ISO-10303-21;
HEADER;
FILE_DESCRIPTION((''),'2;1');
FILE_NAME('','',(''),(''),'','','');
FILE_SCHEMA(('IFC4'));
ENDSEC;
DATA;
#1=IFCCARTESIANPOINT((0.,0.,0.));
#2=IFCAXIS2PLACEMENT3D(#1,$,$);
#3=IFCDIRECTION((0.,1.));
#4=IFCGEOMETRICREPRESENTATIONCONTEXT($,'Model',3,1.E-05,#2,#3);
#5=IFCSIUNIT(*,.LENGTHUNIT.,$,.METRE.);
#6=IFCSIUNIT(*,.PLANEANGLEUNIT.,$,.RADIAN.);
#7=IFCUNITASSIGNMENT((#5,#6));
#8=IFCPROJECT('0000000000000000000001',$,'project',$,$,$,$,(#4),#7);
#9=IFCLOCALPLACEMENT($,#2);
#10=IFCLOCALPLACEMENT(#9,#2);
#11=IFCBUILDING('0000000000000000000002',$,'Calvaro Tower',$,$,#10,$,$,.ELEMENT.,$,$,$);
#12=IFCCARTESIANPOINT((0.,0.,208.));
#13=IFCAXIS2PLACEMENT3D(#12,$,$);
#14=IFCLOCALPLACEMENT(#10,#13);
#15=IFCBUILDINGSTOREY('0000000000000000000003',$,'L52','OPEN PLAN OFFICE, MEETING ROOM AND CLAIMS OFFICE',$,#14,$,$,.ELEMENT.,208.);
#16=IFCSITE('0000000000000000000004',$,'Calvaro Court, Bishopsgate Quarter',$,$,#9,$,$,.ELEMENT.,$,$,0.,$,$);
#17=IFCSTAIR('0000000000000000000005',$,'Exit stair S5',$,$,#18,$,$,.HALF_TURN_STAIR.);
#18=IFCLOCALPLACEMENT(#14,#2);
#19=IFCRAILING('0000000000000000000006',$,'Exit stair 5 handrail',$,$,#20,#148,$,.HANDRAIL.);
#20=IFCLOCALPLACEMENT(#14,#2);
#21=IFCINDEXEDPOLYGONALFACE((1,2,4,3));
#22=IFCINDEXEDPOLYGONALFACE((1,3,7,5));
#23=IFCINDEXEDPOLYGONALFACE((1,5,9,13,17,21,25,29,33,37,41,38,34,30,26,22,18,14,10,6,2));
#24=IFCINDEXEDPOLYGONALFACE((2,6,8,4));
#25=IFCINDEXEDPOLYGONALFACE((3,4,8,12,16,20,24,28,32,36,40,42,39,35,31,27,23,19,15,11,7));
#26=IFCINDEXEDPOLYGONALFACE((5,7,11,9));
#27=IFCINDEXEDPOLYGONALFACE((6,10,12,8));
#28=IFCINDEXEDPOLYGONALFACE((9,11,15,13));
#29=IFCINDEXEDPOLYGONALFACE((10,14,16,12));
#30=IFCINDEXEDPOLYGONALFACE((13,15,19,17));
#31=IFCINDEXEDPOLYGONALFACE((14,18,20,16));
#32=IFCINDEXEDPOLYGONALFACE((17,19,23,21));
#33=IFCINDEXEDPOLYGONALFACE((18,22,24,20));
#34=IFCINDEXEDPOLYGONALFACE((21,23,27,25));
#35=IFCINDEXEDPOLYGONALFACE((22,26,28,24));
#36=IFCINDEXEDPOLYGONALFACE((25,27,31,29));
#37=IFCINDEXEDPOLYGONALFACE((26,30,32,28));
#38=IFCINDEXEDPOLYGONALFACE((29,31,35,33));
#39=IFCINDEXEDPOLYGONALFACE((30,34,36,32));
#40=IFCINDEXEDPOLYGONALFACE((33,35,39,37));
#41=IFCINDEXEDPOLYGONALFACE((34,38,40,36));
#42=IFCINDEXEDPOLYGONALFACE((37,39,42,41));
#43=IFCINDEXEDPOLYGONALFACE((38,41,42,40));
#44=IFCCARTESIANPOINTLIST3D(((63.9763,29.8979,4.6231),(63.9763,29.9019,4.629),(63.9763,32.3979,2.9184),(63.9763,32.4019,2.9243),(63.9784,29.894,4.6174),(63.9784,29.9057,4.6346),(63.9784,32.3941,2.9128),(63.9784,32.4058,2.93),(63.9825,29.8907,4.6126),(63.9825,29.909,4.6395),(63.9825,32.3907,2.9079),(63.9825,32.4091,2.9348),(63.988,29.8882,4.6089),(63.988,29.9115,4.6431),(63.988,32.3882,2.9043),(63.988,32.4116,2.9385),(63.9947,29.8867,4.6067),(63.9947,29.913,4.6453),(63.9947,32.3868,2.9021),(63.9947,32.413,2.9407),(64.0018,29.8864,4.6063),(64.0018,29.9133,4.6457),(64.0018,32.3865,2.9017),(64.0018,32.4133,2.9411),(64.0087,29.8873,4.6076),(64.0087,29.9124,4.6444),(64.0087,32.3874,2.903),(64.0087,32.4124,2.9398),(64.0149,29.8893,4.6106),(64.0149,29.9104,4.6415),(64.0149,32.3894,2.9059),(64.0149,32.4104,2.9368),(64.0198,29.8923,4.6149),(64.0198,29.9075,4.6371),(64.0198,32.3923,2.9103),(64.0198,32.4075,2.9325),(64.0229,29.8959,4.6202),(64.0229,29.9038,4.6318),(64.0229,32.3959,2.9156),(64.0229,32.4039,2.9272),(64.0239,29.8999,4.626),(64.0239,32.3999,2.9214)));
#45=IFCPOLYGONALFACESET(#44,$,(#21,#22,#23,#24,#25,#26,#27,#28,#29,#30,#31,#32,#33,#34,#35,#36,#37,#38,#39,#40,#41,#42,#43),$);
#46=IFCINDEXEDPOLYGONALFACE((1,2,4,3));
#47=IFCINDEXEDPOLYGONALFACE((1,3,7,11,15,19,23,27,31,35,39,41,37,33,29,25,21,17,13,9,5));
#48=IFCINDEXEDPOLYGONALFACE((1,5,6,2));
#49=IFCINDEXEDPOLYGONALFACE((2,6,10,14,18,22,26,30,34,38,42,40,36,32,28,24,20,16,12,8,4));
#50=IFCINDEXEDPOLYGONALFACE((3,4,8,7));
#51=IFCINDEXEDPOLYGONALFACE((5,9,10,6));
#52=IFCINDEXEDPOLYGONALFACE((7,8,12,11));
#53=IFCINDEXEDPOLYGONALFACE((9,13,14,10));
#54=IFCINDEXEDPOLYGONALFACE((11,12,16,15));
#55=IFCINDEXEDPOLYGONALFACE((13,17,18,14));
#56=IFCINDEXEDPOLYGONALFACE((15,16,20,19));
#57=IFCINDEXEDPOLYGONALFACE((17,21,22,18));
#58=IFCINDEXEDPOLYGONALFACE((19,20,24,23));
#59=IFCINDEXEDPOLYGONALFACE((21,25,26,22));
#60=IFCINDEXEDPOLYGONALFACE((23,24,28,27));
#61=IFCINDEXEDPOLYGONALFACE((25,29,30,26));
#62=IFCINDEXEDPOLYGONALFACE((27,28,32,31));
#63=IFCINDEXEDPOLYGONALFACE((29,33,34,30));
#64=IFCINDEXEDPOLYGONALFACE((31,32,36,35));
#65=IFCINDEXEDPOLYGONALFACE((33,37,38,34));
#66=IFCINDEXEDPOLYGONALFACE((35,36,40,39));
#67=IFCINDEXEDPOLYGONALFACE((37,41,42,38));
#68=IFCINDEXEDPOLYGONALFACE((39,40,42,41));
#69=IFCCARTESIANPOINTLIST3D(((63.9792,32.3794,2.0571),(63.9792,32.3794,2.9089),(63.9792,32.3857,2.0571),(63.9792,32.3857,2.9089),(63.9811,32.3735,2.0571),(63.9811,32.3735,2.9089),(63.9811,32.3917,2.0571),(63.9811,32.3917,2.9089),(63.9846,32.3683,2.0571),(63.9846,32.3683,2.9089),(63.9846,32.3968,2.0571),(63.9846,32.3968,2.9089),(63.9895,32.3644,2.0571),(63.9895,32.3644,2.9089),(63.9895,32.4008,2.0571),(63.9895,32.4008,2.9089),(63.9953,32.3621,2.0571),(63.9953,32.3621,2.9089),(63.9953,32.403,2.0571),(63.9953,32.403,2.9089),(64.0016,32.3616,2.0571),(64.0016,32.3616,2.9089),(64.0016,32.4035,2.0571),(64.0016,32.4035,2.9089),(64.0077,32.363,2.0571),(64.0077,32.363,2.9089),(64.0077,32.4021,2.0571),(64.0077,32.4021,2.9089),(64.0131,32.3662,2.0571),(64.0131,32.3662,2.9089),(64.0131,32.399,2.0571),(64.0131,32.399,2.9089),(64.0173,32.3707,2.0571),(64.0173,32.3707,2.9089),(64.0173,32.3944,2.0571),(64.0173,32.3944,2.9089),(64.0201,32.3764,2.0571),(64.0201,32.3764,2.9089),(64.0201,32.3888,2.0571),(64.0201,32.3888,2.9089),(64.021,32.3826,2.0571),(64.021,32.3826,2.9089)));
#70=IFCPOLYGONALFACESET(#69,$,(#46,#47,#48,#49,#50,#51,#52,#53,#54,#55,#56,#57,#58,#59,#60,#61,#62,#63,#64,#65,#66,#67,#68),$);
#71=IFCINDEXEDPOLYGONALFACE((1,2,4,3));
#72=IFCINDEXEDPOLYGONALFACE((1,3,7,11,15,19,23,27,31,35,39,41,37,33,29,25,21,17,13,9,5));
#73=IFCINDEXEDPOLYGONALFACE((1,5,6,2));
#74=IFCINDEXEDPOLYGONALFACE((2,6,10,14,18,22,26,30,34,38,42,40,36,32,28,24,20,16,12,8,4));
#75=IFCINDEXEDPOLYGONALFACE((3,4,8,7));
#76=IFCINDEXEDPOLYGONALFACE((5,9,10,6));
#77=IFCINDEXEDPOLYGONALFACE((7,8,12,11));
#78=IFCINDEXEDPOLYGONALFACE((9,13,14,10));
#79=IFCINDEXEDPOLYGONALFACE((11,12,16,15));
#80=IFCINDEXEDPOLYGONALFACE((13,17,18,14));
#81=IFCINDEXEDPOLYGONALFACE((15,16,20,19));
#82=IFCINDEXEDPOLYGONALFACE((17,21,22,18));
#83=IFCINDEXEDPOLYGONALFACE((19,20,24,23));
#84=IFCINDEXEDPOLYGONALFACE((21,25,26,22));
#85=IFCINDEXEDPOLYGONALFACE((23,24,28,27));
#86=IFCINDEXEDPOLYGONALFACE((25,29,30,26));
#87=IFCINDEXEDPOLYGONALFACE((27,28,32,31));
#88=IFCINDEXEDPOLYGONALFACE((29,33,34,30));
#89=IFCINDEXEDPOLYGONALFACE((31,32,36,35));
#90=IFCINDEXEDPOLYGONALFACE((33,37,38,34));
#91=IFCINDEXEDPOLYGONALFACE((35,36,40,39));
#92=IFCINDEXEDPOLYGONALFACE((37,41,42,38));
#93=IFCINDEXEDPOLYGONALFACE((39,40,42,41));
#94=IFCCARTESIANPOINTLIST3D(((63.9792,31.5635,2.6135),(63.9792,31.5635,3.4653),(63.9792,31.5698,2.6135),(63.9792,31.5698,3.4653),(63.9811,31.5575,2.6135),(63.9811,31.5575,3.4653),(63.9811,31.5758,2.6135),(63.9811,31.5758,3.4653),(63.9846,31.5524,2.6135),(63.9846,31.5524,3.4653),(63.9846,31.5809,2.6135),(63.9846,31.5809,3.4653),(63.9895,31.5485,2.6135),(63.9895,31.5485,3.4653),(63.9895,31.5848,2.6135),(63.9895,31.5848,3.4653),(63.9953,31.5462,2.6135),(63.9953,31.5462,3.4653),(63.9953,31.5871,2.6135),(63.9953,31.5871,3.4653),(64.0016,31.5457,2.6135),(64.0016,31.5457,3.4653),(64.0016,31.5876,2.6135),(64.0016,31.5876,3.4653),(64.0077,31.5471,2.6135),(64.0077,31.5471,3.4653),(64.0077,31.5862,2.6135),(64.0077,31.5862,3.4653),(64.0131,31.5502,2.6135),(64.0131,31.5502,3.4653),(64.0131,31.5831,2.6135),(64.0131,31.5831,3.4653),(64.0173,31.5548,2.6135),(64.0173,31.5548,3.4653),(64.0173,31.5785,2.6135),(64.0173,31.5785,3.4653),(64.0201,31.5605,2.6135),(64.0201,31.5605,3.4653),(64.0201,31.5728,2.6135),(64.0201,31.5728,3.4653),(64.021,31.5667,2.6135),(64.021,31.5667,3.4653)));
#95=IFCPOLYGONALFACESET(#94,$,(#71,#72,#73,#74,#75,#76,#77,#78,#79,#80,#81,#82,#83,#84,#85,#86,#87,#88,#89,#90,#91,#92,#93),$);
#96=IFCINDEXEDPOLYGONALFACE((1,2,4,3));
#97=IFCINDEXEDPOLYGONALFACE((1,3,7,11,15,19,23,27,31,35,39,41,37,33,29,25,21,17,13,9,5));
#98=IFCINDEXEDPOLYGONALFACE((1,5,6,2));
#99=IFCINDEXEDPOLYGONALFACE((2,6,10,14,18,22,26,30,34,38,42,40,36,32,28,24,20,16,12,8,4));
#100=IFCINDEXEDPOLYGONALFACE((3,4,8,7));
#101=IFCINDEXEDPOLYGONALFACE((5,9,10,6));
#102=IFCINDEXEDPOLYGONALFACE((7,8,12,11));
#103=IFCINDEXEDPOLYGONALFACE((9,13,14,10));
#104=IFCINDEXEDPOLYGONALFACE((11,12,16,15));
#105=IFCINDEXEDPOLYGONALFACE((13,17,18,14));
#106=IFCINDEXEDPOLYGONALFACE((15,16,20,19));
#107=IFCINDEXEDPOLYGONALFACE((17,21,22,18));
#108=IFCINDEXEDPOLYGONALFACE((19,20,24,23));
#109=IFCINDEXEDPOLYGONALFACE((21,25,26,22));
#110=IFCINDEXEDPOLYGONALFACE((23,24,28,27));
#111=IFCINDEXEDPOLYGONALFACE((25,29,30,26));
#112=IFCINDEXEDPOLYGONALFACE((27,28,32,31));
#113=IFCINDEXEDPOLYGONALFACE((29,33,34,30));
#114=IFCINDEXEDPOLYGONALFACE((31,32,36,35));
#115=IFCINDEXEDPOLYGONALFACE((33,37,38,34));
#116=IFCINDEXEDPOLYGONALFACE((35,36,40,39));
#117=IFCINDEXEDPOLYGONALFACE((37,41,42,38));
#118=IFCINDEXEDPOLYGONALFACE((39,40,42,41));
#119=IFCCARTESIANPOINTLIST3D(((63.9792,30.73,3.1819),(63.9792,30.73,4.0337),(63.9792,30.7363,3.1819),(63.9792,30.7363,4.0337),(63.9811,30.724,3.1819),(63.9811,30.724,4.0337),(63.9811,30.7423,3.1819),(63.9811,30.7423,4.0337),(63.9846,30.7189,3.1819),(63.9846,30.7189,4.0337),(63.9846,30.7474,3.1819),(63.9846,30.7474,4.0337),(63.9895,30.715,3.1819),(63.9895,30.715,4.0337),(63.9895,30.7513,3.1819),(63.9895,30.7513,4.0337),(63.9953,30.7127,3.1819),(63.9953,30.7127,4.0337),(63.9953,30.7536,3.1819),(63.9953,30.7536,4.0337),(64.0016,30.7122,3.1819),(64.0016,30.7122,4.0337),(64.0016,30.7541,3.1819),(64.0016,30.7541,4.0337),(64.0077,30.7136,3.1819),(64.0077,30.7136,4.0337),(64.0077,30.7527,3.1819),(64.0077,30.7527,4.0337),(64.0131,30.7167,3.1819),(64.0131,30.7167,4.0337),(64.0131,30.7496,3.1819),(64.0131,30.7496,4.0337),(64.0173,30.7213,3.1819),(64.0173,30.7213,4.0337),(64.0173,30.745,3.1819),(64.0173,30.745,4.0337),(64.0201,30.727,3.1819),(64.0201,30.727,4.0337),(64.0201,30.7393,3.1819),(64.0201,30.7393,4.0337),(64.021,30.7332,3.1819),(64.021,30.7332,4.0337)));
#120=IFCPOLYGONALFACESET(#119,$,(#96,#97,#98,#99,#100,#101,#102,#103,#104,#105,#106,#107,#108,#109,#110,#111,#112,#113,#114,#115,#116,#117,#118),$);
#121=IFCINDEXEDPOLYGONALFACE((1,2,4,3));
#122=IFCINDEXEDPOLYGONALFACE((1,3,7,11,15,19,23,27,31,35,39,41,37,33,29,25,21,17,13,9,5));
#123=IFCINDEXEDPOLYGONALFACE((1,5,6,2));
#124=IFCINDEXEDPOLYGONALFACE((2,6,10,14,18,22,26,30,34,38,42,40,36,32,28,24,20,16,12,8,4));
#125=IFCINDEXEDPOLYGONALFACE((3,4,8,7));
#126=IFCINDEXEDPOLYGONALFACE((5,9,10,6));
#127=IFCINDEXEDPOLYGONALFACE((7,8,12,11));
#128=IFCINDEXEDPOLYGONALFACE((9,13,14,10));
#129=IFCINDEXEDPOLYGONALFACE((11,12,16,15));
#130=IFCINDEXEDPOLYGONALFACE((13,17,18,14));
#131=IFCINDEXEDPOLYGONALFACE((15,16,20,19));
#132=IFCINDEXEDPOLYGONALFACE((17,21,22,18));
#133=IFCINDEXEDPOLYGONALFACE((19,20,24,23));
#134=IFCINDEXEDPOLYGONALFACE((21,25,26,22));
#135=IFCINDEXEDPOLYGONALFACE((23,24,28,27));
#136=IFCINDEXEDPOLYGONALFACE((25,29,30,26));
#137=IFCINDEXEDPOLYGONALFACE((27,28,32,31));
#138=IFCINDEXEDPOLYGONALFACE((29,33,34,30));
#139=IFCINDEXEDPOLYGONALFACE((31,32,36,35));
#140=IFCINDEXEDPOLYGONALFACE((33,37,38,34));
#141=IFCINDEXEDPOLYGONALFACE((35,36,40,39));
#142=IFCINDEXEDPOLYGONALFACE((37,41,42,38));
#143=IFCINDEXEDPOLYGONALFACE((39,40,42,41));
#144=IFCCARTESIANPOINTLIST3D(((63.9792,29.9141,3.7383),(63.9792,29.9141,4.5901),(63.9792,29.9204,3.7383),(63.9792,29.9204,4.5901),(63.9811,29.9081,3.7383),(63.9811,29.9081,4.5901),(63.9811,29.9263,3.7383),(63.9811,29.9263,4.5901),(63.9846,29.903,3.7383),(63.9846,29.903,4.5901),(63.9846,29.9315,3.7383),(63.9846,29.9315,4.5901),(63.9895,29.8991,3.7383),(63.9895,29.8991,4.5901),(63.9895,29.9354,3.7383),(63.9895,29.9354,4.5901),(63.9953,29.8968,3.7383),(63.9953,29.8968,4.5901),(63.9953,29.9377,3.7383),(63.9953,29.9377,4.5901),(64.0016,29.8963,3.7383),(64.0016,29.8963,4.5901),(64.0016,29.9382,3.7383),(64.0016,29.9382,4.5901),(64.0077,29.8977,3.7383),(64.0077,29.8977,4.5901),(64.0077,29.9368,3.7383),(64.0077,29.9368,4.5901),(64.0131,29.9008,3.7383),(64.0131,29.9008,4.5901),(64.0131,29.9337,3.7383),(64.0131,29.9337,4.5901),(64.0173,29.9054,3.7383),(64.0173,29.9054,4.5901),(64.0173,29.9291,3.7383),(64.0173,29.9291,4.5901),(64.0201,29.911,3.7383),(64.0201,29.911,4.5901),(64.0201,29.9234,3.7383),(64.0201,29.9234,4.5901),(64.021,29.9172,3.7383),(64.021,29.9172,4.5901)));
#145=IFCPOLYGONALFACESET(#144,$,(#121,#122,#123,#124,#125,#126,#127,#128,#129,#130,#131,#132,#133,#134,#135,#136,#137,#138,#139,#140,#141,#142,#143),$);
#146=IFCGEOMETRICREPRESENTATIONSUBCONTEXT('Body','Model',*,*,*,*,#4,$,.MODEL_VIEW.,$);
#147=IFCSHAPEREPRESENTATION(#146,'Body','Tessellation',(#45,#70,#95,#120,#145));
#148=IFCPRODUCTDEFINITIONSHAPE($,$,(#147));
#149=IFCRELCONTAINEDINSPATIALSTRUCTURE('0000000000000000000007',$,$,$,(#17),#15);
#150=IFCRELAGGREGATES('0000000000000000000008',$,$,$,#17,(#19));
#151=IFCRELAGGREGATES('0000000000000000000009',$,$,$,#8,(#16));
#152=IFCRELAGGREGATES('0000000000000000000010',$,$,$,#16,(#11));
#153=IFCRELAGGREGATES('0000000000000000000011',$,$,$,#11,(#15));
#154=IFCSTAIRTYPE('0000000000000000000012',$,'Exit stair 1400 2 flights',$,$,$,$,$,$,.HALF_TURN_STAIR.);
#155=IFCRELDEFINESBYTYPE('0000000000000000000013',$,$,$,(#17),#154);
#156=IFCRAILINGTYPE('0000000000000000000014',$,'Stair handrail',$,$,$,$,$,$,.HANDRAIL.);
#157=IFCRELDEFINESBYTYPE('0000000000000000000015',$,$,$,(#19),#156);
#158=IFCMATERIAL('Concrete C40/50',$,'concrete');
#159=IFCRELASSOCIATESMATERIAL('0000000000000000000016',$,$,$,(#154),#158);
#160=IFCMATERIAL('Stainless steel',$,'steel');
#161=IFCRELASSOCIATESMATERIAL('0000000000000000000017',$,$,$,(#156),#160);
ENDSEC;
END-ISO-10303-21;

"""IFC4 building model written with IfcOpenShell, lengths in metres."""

from ifc_helpers import new_model, si_unit, direction, frame, origin, origin_2d, place, context, subcontext, project, spatial, circle, extrude, material, type_object, element, aggregate, save


model = new_model("IFC4")

# Units and contexts
model_context = context("Model", 3, precision=1e-05, world=origin(), true_north=direction((0.0, 1.0)))
body_context = subcontext(model_context, "Body", "Model", "MODEL_VIEW")
ifc_project = project(units=[si_unit("LENGTHUNIT", "METRE"), si_unit("PLANEANGLEUNIT", "RADIAN")], contexts=[model_context])

# Site, building, storey
site_placement = place(None, origin())
site = spatial("IfcSite", under=ifc_project, at=site_placement, Name="Calvaro Court, Bishopsgate Quarter", CompositionType="ELEMENT", RefElevation=0.0)
building_placement = place(site_placement, origin())
building = spatial("IfcBuilding", under=site, at=building_placement, Name="Calvaro Tower", CompositionType="ELEMENT")
storey_placement = place(building_placement, frame((0.0, 0.0, 208.0)))
storey = spatial("IfcBuildingStorey", under=building, at=storey_placement, Name="L52", Description="OPEN PLAN OFFICE, MEETING ROOM AND CLAIMS OFFICE", CompositionType="ELEMENT", Elevation=208.0)

# Stair, railing
ifc_material_1 = material(Name="Concrete C40/50", Category="concrete")
stair_type = type_object("IfcStairType", Name="Exit stair 1400 2 flights", PredefinedType="HALF_TURN_STAIR", material=ifc_material_1)
stair_placement = place(storey_placement, origin())
stair = element("IfcStair", 1, at=stair_placement, inside=storey, type_object=stair_type, Name="Exit stair S5", PredefinedType="HALF_TURN_STAIR")
ifc_material_2 = material(Name="Stainless steel", Category="steel")
railing_type = type_object("IfcRailingType", Name="Stair handrail", PredefinedType="HANDRAIL", material=ifc_material_2)
railing_placement = place(storey_placement, frame((64.0, 32.3999, 2.0454)))
railing = element("IfcRailing", 2, at=railing_placement, type_object=railing_type, Name="Exit stair 5 handrail", PredefinedType="HANDRAIL", context=body_context, shape_type="SweptSolid", body=[
    extrude(circle(Radius=0.0239, at=origin_2d()), frame((0.0, 0.0, 0.876), z_axis=(0.0, -0.826221, 0.563347), x_axis=(1.0, 0.0, 0.0)), (0.0, 0.0, 1.0), 3.0259),
    extrude(circle(Radius=0.021, at=origin_2d()), frame((0.0, -0.0173, 0.0117)), (0.0, 0.0, 1.0), 0.8518),
    extrude(circle(Radius=0.021, at=origin_2d()), frame((0.0, -0.8333, 0.5681)), (0.0, 0.0, 1.0), 0.8518),
    extrude(circle(Radius=0.021, at=origin_2d()), frame((0.0, -1.6667, 1.1365)), (0.0, 0.0, 1.0), 0.8518),
    extrude(circle(Radius=0.021, at=origin_2d()), frame((0.0, -2.4827, 1.6929)), (0.0, 0.0, 1.0), 0.8518),
])
aggregate(stair, [railing])

save(model, "model.ifc")
